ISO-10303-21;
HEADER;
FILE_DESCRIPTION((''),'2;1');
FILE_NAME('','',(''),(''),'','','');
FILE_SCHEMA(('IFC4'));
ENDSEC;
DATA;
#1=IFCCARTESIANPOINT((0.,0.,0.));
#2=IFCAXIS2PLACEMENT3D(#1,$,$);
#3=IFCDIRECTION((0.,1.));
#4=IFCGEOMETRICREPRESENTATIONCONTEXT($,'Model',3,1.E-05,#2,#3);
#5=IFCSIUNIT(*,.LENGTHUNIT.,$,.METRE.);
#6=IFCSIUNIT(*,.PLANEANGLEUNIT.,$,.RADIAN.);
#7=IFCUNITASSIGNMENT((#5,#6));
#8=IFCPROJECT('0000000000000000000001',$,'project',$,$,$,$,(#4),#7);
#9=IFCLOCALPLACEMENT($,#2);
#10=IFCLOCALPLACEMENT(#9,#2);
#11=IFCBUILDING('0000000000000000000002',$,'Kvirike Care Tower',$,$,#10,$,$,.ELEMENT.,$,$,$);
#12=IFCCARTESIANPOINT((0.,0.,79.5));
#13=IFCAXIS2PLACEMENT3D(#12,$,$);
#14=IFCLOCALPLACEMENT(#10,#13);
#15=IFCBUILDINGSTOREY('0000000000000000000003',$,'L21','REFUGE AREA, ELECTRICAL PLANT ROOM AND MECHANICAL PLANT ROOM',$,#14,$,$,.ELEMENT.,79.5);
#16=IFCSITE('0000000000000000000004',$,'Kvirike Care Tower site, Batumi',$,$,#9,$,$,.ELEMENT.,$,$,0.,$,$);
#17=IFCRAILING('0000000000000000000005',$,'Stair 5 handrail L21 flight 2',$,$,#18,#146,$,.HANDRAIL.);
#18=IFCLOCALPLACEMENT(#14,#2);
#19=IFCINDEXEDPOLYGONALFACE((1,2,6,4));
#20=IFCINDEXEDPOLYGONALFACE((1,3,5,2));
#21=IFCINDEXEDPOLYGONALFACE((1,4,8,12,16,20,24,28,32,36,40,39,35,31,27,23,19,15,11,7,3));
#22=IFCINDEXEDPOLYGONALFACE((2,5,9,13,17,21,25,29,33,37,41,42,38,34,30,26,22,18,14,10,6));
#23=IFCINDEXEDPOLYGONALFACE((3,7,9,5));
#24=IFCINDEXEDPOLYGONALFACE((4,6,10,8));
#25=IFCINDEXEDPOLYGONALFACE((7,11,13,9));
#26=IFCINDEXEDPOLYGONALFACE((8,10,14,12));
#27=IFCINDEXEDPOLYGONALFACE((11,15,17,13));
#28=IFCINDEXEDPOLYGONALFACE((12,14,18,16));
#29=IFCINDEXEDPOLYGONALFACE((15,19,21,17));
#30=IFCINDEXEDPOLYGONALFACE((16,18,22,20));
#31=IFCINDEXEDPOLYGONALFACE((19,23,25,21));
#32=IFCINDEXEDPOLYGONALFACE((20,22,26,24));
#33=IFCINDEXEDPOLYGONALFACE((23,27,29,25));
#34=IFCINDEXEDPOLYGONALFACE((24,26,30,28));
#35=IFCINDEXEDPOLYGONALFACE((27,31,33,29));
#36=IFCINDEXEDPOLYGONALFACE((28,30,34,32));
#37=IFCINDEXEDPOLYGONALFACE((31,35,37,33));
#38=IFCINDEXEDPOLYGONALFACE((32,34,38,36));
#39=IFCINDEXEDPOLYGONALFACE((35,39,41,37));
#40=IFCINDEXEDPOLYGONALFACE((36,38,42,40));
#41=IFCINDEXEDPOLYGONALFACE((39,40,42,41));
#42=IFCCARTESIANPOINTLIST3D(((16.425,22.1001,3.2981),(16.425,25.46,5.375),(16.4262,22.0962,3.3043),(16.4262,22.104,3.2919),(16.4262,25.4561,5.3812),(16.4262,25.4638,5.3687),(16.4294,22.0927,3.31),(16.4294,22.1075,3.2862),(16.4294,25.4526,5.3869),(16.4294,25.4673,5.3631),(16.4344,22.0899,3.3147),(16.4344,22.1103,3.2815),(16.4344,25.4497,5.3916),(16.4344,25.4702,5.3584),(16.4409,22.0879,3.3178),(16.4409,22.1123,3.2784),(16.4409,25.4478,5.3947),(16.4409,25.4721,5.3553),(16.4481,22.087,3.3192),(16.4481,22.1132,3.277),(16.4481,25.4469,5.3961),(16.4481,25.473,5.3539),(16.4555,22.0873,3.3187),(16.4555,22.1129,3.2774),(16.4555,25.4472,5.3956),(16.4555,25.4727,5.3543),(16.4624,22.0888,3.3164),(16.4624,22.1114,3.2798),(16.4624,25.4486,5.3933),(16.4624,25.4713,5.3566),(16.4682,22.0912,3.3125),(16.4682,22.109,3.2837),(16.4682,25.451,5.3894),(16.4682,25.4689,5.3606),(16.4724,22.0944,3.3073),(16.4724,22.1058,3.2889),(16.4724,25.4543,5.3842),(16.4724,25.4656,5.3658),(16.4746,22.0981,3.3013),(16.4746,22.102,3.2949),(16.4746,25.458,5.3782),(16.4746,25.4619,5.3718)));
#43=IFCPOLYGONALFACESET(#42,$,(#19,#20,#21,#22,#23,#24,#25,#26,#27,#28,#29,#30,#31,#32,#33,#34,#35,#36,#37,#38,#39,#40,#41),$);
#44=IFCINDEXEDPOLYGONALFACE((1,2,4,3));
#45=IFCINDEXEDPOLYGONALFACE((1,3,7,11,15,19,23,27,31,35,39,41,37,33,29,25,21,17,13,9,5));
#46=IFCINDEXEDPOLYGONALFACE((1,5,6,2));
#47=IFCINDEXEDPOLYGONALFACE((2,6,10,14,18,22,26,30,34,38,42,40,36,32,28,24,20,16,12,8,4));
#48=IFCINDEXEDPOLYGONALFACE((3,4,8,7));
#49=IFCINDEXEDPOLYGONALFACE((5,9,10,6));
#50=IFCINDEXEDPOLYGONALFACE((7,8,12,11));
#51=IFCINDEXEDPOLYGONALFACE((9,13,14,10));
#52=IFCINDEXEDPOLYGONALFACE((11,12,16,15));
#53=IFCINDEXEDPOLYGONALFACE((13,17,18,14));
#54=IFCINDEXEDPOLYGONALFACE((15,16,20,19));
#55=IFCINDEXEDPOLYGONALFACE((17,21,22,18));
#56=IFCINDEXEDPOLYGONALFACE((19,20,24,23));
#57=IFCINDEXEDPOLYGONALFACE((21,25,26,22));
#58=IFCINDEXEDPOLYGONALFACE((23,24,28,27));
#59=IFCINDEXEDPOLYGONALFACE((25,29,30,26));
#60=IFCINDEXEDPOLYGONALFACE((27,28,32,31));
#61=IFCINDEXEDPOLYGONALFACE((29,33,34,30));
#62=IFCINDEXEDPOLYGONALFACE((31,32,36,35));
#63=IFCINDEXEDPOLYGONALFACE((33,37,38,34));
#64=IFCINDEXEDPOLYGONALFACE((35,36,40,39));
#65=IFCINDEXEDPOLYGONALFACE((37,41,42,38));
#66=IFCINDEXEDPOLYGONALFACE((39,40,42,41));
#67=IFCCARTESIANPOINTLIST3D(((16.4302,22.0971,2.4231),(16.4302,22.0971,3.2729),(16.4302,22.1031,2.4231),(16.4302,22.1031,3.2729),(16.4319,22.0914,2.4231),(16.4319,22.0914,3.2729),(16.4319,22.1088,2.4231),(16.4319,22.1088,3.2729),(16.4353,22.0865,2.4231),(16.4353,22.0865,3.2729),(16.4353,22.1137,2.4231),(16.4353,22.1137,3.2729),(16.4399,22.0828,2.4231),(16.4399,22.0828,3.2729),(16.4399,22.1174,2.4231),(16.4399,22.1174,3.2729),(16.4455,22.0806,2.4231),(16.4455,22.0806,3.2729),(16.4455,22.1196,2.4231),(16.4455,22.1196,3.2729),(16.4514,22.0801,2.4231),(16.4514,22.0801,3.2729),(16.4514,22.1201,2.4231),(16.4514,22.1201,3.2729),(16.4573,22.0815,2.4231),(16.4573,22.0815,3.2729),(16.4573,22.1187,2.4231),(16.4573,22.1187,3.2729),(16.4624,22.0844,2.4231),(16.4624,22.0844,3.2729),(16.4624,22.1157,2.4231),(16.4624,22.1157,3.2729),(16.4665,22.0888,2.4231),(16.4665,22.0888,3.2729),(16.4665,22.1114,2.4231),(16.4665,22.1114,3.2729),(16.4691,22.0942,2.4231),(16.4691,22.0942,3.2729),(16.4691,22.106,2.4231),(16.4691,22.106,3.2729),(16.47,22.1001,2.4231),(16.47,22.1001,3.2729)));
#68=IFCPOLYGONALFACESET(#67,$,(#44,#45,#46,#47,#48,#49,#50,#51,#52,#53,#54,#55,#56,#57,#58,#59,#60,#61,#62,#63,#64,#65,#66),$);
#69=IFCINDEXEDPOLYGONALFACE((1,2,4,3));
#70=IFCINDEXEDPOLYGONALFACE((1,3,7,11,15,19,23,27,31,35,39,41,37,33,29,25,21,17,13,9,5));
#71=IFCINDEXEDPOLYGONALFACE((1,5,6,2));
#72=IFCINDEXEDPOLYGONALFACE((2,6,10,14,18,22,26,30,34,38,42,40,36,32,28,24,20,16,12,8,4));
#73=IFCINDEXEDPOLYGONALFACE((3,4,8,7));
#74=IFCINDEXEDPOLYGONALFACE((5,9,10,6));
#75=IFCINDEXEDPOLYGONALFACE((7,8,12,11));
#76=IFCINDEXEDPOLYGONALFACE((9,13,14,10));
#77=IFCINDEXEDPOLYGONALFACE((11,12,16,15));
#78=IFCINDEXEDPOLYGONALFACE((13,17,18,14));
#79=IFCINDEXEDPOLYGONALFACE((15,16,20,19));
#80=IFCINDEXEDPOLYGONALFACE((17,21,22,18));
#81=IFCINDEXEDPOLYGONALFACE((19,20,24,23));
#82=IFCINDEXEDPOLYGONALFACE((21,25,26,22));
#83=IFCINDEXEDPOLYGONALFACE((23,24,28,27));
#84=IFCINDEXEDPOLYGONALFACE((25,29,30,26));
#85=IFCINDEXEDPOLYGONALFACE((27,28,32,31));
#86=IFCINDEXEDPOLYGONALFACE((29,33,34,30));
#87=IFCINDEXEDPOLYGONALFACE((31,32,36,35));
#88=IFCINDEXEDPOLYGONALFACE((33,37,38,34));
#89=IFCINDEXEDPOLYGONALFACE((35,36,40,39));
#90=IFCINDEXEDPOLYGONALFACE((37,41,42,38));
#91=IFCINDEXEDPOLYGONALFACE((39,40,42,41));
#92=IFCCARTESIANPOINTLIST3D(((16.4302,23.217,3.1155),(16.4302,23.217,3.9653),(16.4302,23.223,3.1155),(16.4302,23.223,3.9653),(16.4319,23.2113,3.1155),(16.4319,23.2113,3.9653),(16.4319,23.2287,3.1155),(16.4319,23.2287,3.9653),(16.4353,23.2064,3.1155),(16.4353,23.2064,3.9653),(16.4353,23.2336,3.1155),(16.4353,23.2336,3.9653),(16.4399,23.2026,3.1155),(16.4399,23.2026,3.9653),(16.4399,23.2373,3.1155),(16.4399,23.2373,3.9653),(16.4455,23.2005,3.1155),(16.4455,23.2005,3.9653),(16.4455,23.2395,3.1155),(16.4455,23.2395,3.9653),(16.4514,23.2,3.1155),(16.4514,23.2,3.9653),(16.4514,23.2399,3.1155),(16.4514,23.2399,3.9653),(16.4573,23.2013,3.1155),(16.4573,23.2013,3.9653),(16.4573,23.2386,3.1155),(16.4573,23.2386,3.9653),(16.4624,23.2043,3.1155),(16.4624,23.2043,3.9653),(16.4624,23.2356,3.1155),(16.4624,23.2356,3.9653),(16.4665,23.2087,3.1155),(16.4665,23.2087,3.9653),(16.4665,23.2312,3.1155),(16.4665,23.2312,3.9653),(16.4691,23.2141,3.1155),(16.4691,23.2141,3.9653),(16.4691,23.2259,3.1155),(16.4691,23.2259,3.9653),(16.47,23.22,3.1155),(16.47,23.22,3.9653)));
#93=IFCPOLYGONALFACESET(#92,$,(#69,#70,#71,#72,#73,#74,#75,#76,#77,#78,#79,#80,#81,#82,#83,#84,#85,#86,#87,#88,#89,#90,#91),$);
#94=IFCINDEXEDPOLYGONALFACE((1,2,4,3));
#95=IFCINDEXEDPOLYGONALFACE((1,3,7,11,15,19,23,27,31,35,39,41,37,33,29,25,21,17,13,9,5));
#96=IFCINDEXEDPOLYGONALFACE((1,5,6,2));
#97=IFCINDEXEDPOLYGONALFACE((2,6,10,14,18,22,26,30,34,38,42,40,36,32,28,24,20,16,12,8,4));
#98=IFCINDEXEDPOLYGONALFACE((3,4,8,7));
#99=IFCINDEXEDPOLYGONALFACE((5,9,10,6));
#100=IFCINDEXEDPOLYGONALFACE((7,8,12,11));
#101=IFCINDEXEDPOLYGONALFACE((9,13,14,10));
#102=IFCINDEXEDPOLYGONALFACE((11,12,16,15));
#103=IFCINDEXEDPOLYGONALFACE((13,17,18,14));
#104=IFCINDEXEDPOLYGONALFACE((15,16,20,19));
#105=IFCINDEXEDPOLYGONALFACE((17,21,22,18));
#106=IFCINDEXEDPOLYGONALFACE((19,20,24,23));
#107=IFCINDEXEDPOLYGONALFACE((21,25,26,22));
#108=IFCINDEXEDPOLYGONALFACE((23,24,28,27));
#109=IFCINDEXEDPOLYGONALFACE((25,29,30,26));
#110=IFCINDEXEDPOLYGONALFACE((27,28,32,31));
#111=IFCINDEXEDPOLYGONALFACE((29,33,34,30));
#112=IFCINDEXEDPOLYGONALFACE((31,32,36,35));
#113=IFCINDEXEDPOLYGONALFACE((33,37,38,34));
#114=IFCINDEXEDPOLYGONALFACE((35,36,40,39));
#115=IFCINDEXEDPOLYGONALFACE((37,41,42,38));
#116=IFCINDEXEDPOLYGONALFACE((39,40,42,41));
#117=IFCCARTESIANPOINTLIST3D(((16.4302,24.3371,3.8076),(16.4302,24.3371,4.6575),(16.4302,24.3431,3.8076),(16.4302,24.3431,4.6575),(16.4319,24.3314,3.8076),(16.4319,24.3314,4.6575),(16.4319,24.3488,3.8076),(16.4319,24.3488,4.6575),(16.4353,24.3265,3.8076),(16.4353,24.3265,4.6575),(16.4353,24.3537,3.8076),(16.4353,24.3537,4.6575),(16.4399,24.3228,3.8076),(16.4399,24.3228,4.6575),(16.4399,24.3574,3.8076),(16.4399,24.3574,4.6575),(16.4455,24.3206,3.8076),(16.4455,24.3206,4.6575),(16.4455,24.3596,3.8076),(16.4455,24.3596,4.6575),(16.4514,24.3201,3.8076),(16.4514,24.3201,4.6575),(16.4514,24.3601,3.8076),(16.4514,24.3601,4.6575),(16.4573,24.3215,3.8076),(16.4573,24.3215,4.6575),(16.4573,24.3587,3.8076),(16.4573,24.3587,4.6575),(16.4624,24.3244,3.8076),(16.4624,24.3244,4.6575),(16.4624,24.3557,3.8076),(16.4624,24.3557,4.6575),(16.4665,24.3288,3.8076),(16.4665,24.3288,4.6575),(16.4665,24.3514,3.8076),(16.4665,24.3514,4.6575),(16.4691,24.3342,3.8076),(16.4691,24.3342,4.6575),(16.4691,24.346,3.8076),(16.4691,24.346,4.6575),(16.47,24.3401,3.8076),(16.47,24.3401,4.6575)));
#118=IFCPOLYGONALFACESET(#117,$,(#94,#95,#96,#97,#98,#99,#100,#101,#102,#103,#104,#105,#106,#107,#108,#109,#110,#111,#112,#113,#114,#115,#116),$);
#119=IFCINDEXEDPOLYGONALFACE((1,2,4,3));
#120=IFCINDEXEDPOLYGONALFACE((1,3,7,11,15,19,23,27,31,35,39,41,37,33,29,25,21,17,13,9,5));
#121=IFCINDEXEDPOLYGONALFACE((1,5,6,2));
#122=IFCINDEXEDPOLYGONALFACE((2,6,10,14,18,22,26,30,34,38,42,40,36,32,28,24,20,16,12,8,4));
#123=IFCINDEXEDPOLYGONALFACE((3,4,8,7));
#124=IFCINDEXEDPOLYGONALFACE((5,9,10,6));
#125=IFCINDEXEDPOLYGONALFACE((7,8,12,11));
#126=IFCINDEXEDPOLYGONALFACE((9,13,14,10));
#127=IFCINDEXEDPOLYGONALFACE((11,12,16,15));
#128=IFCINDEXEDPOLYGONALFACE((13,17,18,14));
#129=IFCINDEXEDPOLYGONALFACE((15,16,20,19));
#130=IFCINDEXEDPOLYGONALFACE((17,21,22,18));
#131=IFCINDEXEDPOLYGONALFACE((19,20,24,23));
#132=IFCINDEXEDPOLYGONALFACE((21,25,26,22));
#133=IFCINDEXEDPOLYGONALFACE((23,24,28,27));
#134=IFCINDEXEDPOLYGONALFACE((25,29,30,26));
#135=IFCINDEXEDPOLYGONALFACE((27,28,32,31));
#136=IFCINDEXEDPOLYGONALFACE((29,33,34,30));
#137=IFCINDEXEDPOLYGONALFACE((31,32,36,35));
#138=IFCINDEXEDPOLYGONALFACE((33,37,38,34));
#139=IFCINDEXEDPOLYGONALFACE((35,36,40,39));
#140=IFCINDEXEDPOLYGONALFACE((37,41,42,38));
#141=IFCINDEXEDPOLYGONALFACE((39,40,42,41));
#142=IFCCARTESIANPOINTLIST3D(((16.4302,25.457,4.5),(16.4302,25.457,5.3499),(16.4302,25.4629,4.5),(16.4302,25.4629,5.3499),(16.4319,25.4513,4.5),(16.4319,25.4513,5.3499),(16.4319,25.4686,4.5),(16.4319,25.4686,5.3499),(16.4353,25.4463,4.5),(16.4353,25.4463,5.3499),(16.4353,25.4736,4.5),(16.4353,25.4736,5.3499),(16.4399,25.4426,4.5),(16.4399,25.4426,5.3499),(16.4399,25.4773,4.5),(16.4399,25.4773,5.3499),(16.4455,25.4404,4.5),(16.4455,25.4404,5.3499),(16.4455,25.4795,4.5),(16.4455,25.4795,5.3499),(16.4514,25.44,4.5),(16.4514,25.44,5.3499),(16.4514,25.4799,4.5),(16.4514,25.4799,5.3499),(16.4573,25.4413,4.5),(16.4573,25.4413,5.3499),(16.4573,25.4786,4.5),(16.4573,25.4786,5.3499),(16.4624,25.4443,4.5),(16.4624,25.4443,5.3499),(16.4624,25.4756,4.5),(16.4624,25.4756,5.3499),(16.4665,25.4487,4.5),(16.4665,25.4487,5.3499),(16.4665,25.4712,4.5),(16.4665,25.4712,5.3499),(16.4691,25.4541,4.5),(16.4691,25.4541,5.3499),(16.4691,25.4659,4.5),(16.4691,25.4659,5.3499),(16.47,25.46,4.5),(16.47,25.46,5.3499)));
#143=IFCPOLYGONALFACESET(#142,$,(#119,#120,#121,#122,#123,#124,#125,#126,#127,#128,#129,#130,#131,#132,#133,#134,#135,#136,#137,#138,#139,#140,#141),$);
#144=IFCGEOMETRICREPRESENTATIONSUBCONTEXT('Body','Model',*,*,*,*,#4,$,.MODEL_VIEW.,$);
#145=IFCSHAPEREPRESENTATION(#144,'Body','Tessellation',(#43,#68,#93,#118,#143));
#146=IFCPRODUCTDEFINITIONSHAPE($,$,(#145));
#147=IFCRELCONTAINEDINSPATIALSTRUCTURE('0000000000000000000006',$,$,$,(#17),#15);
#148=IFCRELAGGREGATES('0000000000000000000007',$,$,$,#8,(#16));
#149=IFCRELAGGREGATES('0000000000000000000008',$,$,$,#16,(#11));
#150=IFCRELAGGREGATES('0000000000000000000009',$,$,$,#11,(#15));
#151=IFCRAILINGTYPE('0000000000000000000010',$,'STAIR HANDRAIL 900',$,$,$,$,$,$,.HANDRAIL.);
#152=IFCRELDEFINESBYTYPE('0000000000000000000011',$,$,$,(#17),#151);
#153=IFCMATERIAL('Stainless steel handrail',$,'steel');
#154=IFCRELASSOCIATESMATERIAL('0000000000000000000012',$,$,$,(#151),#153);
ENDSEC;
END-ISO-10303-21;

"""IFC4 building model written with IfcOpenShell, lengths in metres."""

from ifc_helpers import new_model, si_unit, direction, frame, origin, origin_2d, place, context, subcontext, project, spatial, circle, extrude, material, type_object, element, save


model = new_model("IFC4")

# Units and contexts
model_context = context("Model", 3, precision=1e-05, world=origin(), true_north=direction((0.0, 1.0)))
body_context = subcontext(model_context, "Body", "Model", "MODEL_VIEW")
ifc_project = project(units=[si_unit("LENGTHUNIT", "METRE"), si_unit("PLANEANGLEUNIT", "RADIAN")], contexts=[model_context])

# Site, building, storey
site_placement = place(None, origin())
site = spatial("IfcSite", under=ifc_project, at=site_placement, Name="Kvirike Care Tower site, Batumi", CompositionType="ELEMENT", RefElevation=0.0)
building_placement = place(site_placement, origin())
building = spatial("IfcBuilding", under=site, at=building_placement, Name="Kvirike Care Tower", CompositionType="ELEMENT")
storey_placement = place(building_placement, frame((0.0, 0.0, 79.5)))
storey = spatial("IfcBuildingStorey", under=building, at=storey_placement, Name="L21", Description="REFUGE AREA, ELECTRICAL PLANT ROOM AND MECHANICAL PLANT ROOM", CompositionType="ELEMENT", Elevation=79.5)

# Railing
ifc_material_1 = material(Name="Stainless steel handrail", Category="steel")
railing_type = type_object("IfcRailingType", Name="STAIR HANDRAIL 900", PredefinedType="HANDRAIL", material=ifc_material_1)
railing_1_placement = place(storey_placement, frame((16.45, 22.1001, 2.4231)))
element("IfcRailing", 1, at=railing_1_placement, inside=storey, type_object=railing_type, Name="Stair 5 handrail L21 flight 2", PredefinedType="HANDRAIL", context=body_context, shape_type="SweptSolid", body=[
    extrude(circle(Radius=0.0249, at=origin_2d()), frame((0.0, 0.0, 0.875), z_axis=(0.0, 0.850606, 0.525803), x_axis=(-1.0, 0.0, 0.0)), (0.0, 0.0, 1.0), 3.95),
    extrude(circle(Radius=0.02, at=origin_2d()), origin(), (0.0, 0.0, 1.0), 0.8499),
    extrude(circle(Radius=0.02, at=origin_2d()), frame((0.0, 1.1199, 0.6924)), (0.0, 0.0, 1.0), 0.8499),
    extrude(circle(Radius=0.02, at=origin_2d()), frame((0.0, 2.24, 1.3845)), (0.0, 0.0, 1.0), 0.8499),
    extrude(circle(Radius=0.02, at=origin_2d()), frame((0.0, 3.3599, 2.0769)), (0.0, 0.0, 1.0), 0.8499),
])

save(model, "model.ifc")
